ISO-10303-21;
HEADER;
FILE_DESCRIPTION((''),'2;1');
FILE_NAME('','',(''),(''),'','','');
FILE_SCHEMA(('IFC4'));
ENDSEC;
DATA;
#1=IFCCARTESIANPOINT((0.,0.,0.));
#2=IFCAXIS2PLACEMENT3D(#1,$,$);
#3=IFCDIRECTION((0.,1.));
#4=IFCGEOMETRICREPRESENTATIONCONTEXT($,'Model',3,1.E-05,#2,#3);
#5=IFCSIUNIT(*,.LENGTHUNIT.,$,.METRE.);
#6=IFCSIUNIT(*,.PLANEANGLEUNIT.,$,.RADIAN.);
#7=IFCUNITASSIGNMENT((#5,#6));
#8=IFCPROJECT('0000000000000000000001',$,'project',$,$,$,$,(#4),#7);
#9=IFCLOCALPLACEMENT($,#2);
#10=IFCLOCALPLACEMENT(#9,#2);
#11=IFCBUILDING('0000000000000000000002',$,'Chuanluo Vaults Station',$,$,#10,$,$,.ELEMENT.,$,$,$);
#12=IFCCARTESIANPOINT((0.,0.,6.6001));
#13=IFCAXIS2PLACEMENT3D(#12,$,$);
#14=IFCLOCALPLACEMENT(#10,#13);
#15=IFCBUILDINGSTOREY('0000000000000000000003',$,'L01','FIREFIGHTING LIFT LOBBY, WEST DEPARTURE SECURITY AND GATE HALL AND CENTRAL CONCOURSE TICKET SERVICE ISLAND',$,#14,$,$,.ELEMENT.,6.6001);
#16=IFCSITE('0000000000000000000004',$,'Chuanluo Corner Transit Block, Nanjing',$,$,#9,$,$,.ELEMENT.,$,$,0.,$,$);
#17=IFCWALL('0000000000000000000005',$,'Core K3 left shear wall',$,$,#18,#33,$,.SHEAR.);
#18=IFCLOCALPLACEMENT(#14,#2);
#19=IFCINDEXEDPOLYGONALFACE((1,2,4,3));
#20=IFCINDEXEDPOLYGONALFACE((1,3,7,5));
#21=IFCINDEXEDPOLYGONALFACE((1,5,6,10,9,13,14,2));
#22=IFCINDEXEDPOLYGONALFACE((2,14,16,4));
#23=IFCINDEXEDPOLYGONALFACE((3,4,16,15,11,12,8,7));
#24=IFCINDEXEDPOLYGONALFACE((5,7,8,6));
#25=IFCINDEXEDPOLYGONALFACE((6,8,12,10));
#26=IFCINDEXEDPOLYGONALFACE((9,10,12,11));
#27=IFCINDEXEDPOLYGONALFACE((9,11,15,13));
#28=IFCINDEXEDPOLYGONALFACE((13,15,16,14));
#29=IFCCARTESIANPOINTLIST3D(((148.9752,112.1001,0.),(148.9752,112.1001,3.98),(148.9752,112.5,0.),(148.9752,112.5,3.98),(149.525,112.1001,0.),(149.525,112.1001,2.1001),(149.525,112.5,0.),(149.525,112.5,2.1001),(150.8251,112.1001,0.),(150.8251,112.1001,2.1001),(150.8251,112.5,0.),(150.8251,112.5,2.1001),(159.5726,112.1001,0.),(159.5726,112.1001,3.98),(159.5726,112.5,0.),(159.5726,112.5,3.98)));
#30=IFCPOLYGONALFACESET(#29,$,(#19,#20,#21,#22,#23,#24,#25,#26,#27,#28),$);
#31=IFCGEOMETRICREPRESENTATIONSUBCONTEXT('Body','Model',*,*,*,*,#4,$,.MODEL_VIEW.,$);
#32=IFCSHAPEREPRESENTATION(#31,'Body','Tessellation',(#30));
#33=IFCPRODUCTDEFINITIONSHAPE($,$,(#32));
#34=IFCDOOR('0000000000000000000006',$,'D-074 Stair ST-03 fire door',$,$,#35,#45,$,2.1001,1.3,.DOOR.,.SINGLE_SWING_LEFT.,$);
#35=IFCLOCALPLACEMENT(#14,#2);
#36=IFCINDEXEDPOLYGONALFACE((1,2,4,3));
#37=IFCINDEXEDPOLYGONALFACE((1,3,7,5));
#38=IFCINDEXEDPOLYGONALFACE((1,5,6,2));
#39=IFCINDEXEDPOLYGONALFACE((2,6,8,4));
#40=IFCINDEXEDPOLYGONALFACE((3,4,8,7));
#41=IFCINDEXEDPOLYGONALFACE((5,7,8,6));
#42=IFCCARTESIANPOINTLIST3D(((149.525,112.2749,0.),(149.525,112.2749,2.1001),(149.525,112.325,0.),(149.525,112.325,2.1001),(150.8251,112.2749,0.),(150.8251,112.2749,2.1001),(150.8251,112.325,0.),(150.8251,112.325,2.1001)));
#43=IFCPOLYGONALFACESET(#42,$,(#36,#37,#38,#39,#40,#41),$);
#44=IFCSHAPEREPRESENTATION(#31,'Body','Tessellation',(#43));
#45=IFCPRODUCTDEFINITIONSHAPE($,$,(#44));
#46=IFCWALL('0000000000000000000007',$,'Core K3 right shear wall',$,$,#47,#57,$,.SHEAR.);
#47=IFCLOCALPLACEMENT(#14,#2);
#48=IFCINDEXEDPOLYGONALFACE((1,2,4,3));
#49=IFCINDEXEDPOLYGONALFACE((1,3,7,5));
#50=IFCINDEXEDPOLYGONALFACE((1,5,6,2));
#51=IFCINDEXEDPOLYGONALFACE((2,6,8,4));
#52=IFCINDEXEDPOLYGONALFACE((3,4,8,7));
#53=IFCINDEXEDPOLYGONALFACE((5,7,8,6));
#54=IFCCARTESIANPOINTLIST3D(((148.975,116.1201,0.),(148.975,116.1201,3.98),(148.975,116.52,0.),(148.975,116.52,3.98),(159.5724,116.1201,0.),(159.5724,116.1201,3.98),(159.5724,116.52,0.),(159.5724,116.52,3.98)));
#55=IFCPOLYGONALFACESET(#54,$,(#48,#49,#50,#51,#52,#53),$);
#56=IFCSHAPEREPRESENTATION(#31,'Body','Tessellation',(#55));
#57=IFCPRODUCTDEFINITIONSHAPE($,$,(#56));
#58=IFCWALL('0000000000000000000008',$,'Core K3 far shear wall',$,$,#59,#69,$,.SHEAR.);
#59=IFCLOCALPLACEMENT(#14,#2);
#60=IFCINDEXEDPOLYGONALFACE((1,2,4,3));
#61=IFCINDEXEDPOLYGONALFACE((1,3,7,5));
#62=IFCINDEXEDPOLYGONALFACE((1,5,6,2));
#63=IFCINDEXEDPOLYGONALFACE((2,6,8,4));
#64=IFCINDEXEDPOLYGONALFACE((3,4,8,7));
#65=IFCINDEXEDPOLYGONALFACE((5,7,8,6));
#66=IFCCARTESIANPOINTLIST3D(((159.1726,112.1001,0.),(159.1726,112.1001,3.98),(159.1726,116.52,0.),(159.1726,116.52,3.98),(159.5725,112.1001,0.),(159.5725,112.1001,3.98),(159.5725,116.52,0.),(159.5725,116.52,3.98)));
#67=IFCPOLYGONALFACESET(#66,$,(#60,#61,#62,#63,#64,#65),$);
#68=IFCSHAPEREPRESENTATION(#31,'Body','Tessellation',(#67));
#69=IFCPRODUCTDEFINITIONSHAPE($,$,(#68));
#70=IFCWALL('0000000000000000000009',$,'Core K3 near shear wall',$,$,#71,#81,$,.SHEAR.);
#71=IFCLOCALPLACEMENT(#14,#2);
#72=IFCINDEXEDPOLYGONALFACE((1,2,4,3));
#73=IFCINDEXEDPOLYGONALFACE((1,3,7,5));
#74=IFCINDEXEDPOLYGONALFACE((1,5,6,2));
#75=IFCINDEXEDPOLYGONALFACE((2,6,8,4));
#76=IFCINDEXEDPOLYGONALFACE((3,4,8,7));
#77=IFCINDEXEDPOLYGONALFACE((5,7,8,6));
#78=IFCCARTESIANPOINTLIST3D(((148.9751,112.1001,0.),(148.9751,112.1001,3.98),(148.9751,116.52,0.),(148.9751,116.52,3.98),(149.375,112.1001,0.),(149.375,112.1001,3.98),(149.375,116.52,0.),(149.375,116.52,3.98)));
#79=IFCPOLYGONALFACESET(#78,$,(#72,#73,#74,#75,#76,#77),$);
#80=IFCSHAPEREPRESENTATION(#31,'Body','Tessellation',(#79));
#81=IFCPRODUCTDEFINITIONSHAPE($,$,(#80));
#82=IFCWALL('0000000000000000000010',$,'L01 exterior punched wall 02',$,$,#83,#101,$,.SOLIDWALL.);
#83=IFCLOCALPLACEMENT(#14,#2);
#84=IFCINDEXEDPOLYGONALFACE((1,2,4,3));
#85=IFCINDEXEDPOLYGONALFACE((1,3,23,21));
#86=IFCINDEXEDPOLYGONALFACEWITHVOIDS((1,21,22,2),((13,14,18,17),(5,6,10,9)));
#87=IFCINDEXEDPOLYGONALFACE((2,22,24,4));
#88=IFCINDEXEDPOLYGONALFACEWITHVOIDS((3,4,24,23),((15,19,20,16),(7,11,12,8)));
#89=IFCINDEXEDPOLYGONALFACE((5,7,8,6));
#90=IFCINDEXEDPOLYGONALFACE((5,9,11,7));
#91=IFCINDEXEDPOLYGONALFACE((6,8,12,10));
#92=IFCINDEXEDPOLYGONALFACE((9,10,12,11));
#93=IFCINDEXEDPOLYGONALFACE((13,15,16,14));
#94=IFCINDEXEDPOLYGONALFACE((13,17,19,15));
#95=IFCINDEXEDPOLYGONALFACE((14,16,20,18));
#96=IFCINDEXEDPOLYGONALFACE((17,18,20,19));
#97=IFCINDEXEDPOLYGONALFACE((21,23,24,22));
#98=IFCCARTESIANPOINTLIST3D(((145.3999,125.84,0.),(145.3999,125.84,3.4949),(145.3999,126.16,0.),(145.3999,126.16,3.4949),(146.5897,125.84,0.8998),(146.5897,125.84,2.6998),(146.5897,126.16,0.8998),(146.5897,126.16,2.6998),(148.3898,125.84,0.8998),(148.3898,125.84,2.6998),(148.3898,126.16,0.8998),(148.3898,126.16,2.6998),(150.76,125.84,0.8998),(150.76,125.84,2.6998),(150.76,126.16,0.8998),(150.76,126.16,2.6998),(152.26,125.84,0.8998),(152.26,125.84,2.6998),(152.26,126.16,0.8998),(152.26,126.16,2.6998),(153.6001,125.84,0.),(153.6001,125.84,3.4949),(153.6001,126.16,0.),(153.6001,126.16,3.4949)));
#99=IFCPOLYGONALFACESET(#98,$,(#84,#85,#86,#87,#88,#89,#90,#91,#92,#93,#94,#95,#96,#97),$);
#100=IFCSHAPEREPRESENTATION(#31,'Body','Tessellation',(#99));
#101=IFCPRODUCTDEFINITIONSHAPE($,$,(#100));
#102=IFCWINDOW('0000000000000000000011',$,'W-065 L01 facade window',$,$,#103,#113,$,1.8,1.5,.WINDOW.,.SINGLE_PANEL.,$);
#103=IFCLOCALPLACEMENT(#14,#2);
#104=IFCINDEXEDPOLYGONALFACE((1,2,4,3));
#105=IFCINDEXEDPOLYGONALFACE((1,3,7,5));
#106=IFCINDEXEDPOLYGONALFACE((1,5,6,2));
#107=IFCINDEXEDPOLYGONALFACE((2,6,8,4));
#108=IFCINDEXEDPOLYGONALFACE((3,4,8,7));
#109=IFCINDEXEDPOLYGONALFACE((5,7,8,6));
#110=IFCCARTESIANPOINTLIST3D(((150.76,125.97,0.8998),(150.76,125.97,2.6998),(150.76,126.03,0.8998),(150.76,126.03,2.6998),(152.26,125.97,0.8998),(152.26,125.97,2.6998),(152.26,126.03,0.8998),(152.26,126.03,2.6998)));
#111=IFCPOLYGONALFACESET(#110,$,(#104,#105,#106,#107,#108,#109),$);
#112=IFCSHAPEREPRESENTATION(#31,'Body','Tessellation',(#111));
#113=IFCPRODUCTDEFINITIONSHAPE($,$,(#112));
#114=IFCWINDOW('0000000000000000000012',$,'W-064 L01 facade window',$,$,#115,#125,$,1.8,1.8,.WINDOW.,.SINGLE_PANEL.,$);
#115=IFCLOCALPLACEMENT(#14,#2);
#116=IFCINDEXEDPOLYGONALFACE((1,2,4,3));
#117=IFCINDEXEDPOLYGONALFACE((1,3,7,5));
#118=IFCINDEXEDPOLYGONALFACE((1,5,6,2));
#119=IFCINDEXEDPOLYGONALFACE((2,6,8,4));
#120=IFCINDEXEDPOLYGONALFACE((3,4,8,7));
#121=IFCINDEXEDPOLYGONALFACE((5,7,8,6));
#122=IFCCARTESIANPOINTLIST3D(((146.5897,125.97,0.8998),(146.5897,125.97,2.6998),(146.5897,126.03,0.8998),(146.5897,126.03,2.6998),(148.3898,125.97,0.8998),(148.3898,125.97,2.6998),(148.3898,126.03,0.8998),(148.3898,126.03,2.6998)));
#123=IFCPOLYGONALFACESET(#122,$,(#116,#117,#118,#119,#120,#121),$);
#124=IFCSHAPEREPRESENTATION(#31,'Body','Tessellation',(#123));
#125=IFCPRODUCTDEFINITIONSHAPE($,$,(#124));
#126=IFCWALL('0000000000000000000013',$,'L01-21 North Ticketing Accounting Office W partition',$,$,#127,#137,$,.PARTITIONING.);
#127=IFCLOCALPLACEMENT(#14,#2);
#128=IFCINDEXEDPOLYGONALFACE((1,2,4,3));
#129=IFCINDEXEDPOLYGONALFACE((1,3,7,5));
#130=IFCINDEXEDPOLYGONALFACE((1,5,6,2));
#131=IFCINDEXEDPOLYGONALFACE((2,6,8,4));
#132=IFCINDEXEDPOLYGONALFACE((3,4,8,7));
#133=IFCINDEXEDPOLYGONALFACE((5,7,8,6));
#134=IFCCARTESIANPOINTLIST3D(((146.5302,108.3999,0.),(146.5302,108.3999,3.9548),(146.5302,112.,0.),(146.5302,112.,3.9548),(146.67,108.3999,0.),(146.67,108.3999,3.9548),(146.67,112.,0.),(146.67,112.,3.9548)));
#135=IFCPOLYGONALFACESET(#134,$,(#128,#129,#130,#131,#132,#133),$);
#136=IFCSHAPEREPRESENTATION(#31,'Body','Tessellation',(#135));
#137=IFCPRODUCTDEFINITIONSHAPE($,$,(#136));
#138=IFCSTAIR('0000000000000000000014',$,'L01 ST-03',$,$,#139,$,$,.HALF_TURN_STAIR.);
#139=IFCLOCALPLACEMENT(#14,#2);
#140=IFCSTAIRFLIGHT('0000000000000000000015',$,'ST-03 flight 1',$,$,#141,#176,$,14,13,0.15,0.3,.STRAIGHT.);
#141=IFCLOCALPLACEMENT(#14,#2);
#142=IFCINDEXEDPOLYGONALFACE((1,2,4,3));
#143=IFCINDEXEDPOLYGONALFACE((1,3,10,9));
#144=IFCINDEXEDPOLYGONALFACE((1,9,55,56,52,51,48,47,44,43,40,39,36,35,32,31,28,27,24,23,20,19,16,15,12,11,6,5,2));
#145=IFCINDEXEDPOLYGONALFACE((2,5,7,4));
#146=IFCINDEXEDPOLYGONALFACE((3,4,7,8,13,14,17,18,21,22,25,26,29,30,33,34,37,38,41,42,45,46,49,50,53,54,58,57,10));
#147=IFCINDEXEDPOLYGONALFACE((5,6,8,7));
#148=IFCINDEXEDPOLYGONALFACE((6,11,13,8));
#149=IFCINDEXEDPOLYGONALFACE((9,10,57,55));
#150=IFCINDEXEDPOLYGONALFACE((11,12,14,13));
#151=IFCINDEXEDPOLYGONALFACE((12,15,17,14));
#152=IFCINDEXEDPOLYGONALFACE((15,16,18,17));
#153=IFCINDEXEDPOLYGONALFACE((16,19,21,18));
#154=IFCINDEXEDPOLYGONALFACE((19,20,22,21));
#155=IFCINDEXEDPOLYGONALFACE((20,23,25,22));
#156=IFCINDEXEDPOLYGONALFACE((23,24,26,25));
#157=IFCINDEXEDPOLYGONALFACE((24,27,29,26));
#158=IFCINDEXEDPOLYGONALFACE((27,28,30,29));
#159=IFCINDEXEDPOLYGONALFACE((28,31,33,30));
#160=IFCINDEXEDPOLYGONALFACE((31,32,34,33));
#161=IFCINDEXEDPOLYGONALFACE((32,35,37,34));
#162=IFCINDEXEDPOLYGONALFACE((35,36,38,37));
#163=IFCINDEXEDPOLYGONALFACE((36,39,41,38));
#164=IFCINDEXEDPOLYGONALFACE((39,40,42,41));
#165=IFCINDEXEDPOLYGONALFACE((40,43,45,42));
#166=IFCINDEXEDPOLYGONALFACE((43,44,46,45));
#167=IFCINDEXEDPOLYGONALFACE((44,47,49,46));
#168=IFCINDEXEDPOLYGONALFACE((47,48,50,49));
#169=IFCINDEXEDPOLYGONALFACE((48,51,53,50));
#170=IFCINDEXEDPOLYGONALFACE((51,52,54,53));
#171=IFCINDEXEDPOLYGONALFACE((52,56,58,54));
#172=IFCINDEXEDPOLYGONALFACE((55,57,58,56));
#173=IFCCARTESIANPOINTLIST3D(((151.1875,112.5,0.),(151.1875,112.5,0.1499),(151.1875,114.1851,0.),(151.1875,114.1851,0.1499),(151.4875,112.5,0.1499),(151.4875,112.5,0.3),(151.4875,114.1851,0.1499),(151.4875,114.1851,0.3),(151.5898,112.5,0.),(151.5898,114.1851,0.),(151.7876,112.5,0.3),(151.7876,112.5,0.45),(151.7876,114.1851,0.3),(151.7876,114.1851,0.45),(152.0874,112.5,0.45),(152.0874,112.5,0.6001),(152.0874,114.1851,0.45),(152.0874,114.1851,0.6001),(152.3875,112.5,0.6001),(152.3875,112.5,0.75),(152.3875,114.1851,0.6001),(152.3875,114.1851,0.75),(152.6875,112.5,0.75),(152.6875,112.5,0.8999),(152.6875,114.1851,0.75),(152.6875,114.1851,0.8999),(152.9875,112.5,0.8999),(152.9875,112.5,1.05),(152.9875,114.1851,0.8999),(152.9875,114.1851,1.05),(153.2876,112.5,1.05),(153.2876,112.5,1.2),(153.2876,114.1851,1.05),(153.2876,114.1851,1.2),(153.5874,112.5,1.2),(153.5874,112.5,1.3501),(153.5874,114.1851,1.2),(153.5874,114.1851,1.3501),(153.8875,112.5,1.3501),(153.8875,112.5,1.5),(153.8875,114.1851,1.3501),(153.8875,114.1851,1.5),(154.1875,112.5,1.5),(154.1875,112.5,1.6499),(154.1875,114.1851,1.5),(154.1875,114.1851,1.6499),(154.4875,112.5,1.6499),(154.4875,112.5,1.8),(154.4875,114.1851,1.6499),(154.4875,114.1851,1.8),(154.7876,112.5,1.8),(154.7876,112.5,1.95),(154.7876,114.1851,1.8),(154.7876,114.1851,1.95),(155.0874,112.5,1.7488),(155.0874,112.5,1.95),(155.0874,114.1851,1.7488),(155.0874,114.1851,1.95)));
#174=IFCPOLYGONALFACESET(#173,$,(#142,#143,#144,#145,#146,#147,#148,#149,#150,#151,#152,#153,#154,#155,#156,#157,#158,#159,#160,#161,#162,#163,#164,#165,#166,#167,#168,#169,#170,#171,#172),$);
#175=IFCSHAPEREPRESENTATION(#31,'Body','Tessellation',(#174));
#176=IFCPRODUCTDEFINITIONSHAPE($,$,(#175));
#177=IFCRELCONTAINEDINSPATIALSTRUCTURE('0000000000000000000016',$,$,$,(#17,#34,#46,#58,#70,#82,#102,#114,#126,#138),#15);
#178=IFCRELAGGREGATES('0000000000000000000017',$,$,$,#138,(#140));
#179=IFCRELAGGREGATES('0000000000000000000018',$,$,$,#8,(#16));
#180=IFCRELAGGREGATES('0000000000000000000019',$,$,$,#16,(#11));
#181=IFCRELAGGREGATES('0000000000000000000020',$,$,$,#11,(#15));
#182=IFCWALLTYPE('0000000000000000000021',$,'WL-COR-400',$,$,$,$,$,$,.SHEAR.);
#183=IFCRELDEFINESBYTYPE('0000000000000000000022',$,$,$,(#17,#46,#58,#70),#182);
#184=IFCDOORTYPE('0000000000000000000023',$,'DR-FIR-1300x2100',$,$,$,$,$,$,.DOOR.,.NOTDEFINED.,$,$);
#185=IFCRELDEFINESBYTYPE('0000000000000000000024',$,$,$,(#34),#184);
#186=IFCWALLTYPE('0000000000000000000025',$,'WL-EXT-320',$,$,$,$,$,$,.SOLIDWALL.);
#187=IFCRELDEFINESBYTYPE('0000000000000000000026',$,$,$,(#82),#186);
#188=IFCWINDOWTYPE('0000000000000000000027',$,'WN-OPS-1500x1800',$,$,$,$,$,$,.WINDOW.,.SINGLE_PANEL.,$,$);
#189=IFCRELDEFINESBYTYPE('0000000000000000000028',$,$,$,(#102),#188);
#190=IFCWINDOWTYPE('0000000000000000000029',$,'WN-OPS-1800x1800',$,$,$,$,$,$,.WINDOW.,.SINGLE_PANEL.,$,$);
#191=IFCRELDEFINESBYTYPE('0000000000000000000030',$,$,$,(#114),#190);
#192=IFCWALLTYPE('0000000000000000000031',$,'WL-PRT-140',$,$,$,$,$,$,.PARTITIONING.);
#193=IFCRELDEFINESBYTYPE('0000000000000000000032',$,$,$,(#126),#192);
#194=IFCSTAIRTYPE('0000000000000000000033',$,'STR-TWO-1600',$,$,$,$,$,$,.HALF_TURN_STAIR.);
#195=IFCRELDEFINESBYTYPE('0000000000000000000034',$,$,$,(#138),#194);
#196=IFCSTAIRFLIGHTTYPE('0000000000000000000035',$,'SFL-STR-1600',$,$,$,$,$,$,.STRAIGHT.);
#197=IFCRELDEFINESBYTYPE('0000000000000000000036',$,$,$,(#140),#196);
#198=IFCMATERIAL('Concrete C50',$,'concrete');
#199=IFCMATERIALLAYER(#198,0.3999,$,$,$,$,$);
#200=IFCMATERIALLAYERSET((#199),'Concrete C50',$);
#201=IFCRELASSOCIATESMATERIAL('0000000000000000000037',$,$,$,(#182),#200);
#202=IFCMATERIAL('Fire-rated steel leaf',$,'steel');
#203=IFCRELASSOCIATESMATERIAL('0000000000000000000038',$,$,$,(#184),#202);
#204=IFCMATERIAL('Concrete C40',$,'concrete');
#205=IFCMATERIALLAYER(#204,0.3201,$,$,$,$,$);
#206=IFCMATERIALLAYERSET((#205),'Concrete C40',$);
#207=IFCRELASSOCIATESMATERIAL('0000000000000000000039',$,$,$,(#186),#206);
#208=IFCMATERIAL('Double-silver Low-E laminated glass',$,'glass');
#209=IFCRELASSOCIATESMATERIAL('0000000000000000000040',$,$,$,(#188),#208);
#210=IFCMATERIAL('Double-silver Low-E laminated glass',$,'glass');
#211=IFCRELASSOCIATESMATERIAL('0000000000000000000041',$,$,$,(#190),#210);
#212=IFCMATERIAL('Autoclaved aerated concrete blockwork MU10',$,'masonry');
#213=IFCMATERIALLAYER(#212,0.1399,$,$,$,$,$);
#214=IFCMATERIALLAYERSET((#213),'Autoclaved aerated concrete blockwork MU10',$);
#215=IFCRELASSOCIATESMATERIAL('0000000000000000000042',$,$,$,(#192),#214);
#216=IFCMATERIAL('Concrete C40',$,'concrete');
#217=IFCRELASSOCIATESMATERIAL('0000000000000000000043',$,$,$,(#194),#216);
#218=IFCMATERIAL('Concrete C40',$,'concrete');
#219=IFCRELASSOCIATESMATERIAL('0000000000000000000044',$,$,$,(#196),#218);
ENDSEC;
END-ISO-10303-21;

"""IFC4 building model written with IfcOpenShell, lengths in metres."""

from ifc_helpers import new_model, si_unit, direction, frame, frame_2d, origin, place, context, subcontext, project, spatial, polyline, rectangle, outline, extrude, material, layer, layer_set, type_object, element, fill, aggregate, save


model = new_model("IFC4")

# Units and contexts
model_context = context("Model", 3, precision=1e-05, world=origin(), true_north=direction((0.0, 1.0)))
body_context = subcontext(model_context, "Body", "Model", "MODEL_VIEW")
ifc_project = project(units=[si_unit("LENGTHUNIT", "METRE"), si_unit("PLANEANGLEUNIT", "RADIAN")], contexts=[model_context])

# Site, building, storey
site_placement = place(None, origin())
site = spatial("IfcSite", under=ifc_project, at=site_placement, Name="Chuanluo Corner Transit Block, Nanjing", CompositionType="ELEMENT", RefElevation=0.0)
building_placement = place(site_placement, origin())
building = spatial("IfcBuilding", under=site, at=building_placement, Name="Chuanluo Vaults Station", CompositionType="ELEMENT")
storey_placement = place(building_placement, frame((0.0, 0.0, 6.6001)))
storey = spatial("IfcBuildingStorey", under=building, at=storey_placement, Name="L01", Description="FIREFIGHTING LIFT LOBBY, WEST DEPARTURE SECURITY AND GATE HALL AND CENTRAL CONCOURSE TICKET SERVICE ISLAND", CompositionType="ELEMENT", Elevation=6.6001)

# Wall, opening, door
ifc_material_1 = material(Name="Concrete C50", Category="concrete")
ifc_layer_1 = layer(ifc_material_1, 0.3999)
ifc_layer_set_1 = layer_set([ifc_layer_1], Name="Concrete C50")
wall_type_1 = type_object("IfcWallType", Name="WL-COR-400", PredefinedType="SHEAR", material=ifc_layer_set_1)
wall_1_placement = place(storey_placement, frame((148.9751, 112.3, 0.0), z_axis=(0.0, 0.0, 1.0), x_axis=(1.0, 0.0, 0.0)))
wall_1 = element("IfcWall", 1, at=wall_1_placement, inside=storey, type_object=wall_type_1, Name="Core K3 left shear wall", PredefinedType="SHEAR", context=body_context, shape_type="SweptSolid", body=[
    extrude(rectangle(XDim=10.5974, YDim=0.3999, at=frame_2d((5.2988, 0.0))), origin(), (0.0, 0.0, 1.0), 3.98),
])
opening_1_placement = place(wall_1_placement, frame((0.55, 0.0, 0.0)))
opening_1 = element("IfcOpeningElement", 2, at=opening_1_placement, cuts=wall_1, PredefinedType="OPENING", context=body_context, shape_type="SweptSolid", body=[
    extrude(rectangle(XDim=1.3, YDim=2.1001, at=frame_2d((0.6499, 1.05))), frame((0.0, 0.2099, 0.0), z_axis=(0.0, -1.0, 0.0), x_axis=(1.0, 0.0, 0.0)), (0.0, 0.0, 1.0), 0.4199),
])
ifc_material_2 = material(Name="Fire-rated steel leaf", Category="steel")
door_type = type_object("IfcDoorType", Name="DR-FIR-1300x2100", OperationType="NOTDEFINED", PredefinedType="DOOR", material=ifc_material_2)
door_placement = place(opening_1_placement, origin())
door = element("IfcDoor", 3, at=door_placement, inside=storey, type_object=door_type, Name="D-074 Stair ST-03 fire door", OperationType="SINGLE_SWING_LEFT", OverallHeight=2.1001, OverallWidth=1.3, PredefinedType="DOOR", context=body_context, shape_type="SweptSolid", body=[
    extrude(rectangle(XDim=1.3, YDim=2.1001, at=frame_2d((0.6499, 1.05))), frame((0.0, 0.0249, 0.0), z_axis=(0.0, -1.0, 0.0), x_axis=(1.0, 0.0, 0.0)), (0.0, 0.0, 1.0), 0.05),
])
fill(opening_1, door)

# Walls
wall_2_placement = place(storey_placement, frame((159.5725, 116.3201, 0.0), z_axis=(0.0, 0.0, 1.0), x_axis=(-1.0, 0.0, 0.0)))
element("IfcWall", 4, at=wall_2_placement, inside=storey, type_object=wall_type_1, Name="Core K3 right shear wall", PredefinedType="SHEAR", context=body_context, shape_type="SweptSolid", body=[
    extrude(rectangle(XDim=10.5974, YDim=0.3999, at=frame_2d((5.2988, 0.0))), origin(), (0.0, 0.0, 1.0), 3.98),
])
for number, where, z_axis, x_axis, name in (
    (5, (159.3726, 112.1001, 0.0), (0.0, 0.0, 1.0), (0.0, 1.0, 0.0), "Core K3 far shear wall"),
    (6, (149.175, 116.52, 0.0), (0.0, 0.0, 1.0), (0.0, -1.0, 0.0), "Core K3 near shear wall"),
):
    element("IfcWall", number, at=place(storey_placement, frame(where, z_axis=z_axis, x_axis=x_axis)), inside=storey, type_object=wall_type_1, Name=name, PredefinedType="SHEAR", context=body_context, shape_type="SweptSolid", body=[
        extrude(rectangle(XDim=4.4199, YDim=0.3999, at=frame_2d((2.21, 0.0))), origin(), (0.0, 0.0, 1.0), 3.98),
    ])

# Wall, openings, windows
ifc_material_3 = material(Name="Concrete C40", Category="concrete")
ifc_layer_2 = layer(ifc_material_3, 0.3201)
ifc_layer_set_2 = layer_set([ifc_layer_2], Name="Concrete C40")
wall_type_2 = type_object("IfcWallType", Name="WL-EXT-320", PredefinedType="SOLIDWALL", material=ifc_layer_set_2)
wall_3_placement = place(storey_placement, frame((145.3999, 126.0, 0.0), z_axis=(0.0, 0.0, 1.0), x_axis=(1.0, 0.0, 0.0)))
wall_3 = element("IfcWall", 7, at=wall_3_placement, inside=storey, type_object=wall_type_2, Name="L01 exterior punched wall 02", PredefinedType="SOLIDWALL", context=body_context, shape_type="SweptSolid", body=[
    extrude(rectangle(XDim=8.2002, YDim=0.3201, at=frame_2d((4.1001, 0.0))), origin(), (0.0, 0.0, 1.0), 3.4949),
])
opening_2_placement = place(wall_3_placement, frame((1.1899, 0.0, 0.8999)))
opening_2 = element("IfcOpeningElement", 8, at=opening_2_placement, cuts=wall_3, PredefinedType="OPENING", context=body_context, shape_type="SweptSolid", body=[
    extrude(rectangle(XDim=1.8, YDim=1.8, at=frame_2d((0.8999, 0.8999))), frame((0.0, 0.1702, 0.0), z_axis=(0.0, -1.0, 0.0), x_axis=(1.0, 0.0, 0.0)), (0.0, 0.0, 1.0), 0.3401),
])
opening_3_placement = place(wall_3_placement, frame((5.3601, 0.0, 0.8999)))
opening_3 = element("IfcOpeningElement", 9, at=opening_3_placement, cuts=wall_3, PredefinedType="OPENING", context=body_context, shape_type="SweptSolid", body=[
    extrude(rectangle(XDim=1.5, YDim=1.8, at=frame_2d((0.75, 0.8999))), frame((0.0, 0.1702, 0.0), z_axis=(0.0, -1.0, 0.0), x_axis=(1.0, 0.0, 0.0)), (0.0, 0.0, 1.0), 0.3401),
])
ifc_material_4 = material(Name="Double-silver Low-E laminated glass", Category="glass")
window_type_1 = type_object("IfcWindowType", Name="WN-OPS-1500x1800", PartitioningType="SINGLE_PANEL", PredefinedType="WINDOW", material=ifc_material_4)
window_1_placement = place(opening_3_placement, origin())
window_1 = element("IfcWindow", 10, at=window_1_placement, inside=storey, type_object=window_type_1, Name="W-065 L01 facade window", OverallHeight=1.8, OverallWidth=1.5, PartitioningType="SINGLE_PANEL", PredefinedType="WINDOW", context=body_context, shape_type="SweptSolid", body=[
    extrude(rectangle(XDim=1.5, YDim=1.8, at=frame_2d((0.75, 0.8999))), frame((0.0, 0.03, 0.0), z_axis=(0.0, -1.0, 0.0), x_axis=(1.0, 0.0, 0.0)), (0.0, 0.0, 1.0), 0.0601),
])
fill(opening_3, window_1)
ifc_material_5 = material(Name="Double-silver Low-E laminated glass", Category="glass")
window_type_2 = type_object("IfcWindowType", Name="WN-OPS-1800x1800", PartitioningType="SINGLE_PANEL", PredefinedType="WINDOW", material=ifc_material_5)
window_2_placement = place(opening_2_placement, origin())
window_2 = element("IfcWindow", 11, at=window_2_placement, inside=storey, type_object=window_type_2, Name="W-064 L01 facade window", OverallHeight=1.8, OverallWidth=1.8, PartitioningType="SINGLE_PANEL", PredefinedType="WINDOW", context=body_context, shape_type="SweptSolid", body=[
    extrude(rectangle(XDim=1.8, YDim=1.8, at=frame_2d((0.8999, 0.8999))), frame((0.0, 0.03, 0.0), z_axis=(0.0, -1.0, 0.0), x_axis=(1.0, 0.0, 0.0)), (0.0, 0.0, 1.0), 0.0601),
])
fill(opening_2, window_2)

# Wall
ifc_material_6 = material(Name="Autoclaved aerated concrete blockwork MU10", Category="masonry")
ifc_layer_3 = layer(ifc_material_6, 0.1399)
ifc_layer_set_3 = layer_set([ifc_layer_3], Name="Autoclaved aerated concrete blockwork MU10")
wall_type_3 = type_object("IfcWallType", Name="WL-PRT-140", PredefinedType="PARTITIONING", material=ifc_layer_set_3)
wall_4_placement = place(storey_placement, frame((146.6001, 108.3999, 0.0), z_axis=(0.0, 0.0, 1.0), x_axis=(0.0, 1.0, 0.0)))
element("IfcWall", 12, at=wall_4_placement, inside=storey, type_object=wall_type_3, Name="L01-21 North Ticketing Accounting Office W partition", PredefinedType="PARTITIONING", context=body_context, shape_type="SweptSolid", body=[
    extrude(rectangle(XDim=3.6001, YDim=0.1399, at=frame_2d((1.8, 0.0))), origin(), (0.0, 0.0, 1.0), 3.9548),
])

# Stair, stair flight
ifc_material_7 = material(Name="Concrete C40", Category="concrete")
stair_type = type_object("IfcStairType", Name="STR-TWO-1600", PredefinedType="HALF_TURN_STAIR", material=ifc_material_7)
stair_placement = place(storey_placement, origin())
stair = element("IfcStair", 13, at=stair_placement, inside=storey, type_object=stair_type, Name="L01 ST-03", PredefinedType="HALF_TURN_STAIR")
ifc_material_8 = material(Name="Concrete C40", Category="concrete")
stair_flight_type = type_object("IfcStairFlightType", Name="SFL-STR-1600", PredefinedType="STRAIGHT", material=ifc_material_8)
stair_flight_1_placement = place(storey_placement, frame((151.1875, 113.3425, 0.0), z_axis=(0.0, 0.0, 1.0), x_axis=(1.0, 0.0, 0.0)))
stair_flight_1 = element("IfcStairFlight", 14, at=stair_flight_1_placement, type_object=stair_flight_type, Name="ST-03 flight 1", NumberOfRisers=14, NumberOfTreads=13, PredefinedType="STRAIGHT", RiserHeight=0.15, TreadLength=0.3, context=body_context, shape_type="SweptSolid", body=[
    extrude(outline(polyline([(0.0, 0.0), (0.0, 0.1499), (0.3, 0.1499), (0.3, 0.3), (0.6001, 0.3), (0.6001, 0.45), (0.8999, 0.45), (0.8999, 0.6001), (1.2, 0.6001), (1.2, 0.75), (1.5, 0.75), (1.5, 0.8999), (1.8, 0.8999), (1.8, 1.05), (2.1001, 1.05), (2.1001, 1.2), (2.3999, 1.2), (2.3999, 1.3501), (2.7, 1.3501), (2.7, 1.5), (3.0, 1.5), (3.0, 1.6499), (3.3, 1.6499), (3.3, 1.8), (3.6001, 1.8), (3.6001, 1.95), (3.8999, 1.95), (3.8999, 2.1001), (3.8999, 1.7488), (0.4023, 0.0), (0.0, 0.0)])), frame((0.0, 0.8425, 0.0), z_axis=(0.0, -1.0, 0.0), x_axis=(1.0, 0.0, 0.0)), (0.0, 0.0, 1.0), 1.6851),
])
aggregate(stair, [stair_flight_1])

save(model, "model.ifc")
